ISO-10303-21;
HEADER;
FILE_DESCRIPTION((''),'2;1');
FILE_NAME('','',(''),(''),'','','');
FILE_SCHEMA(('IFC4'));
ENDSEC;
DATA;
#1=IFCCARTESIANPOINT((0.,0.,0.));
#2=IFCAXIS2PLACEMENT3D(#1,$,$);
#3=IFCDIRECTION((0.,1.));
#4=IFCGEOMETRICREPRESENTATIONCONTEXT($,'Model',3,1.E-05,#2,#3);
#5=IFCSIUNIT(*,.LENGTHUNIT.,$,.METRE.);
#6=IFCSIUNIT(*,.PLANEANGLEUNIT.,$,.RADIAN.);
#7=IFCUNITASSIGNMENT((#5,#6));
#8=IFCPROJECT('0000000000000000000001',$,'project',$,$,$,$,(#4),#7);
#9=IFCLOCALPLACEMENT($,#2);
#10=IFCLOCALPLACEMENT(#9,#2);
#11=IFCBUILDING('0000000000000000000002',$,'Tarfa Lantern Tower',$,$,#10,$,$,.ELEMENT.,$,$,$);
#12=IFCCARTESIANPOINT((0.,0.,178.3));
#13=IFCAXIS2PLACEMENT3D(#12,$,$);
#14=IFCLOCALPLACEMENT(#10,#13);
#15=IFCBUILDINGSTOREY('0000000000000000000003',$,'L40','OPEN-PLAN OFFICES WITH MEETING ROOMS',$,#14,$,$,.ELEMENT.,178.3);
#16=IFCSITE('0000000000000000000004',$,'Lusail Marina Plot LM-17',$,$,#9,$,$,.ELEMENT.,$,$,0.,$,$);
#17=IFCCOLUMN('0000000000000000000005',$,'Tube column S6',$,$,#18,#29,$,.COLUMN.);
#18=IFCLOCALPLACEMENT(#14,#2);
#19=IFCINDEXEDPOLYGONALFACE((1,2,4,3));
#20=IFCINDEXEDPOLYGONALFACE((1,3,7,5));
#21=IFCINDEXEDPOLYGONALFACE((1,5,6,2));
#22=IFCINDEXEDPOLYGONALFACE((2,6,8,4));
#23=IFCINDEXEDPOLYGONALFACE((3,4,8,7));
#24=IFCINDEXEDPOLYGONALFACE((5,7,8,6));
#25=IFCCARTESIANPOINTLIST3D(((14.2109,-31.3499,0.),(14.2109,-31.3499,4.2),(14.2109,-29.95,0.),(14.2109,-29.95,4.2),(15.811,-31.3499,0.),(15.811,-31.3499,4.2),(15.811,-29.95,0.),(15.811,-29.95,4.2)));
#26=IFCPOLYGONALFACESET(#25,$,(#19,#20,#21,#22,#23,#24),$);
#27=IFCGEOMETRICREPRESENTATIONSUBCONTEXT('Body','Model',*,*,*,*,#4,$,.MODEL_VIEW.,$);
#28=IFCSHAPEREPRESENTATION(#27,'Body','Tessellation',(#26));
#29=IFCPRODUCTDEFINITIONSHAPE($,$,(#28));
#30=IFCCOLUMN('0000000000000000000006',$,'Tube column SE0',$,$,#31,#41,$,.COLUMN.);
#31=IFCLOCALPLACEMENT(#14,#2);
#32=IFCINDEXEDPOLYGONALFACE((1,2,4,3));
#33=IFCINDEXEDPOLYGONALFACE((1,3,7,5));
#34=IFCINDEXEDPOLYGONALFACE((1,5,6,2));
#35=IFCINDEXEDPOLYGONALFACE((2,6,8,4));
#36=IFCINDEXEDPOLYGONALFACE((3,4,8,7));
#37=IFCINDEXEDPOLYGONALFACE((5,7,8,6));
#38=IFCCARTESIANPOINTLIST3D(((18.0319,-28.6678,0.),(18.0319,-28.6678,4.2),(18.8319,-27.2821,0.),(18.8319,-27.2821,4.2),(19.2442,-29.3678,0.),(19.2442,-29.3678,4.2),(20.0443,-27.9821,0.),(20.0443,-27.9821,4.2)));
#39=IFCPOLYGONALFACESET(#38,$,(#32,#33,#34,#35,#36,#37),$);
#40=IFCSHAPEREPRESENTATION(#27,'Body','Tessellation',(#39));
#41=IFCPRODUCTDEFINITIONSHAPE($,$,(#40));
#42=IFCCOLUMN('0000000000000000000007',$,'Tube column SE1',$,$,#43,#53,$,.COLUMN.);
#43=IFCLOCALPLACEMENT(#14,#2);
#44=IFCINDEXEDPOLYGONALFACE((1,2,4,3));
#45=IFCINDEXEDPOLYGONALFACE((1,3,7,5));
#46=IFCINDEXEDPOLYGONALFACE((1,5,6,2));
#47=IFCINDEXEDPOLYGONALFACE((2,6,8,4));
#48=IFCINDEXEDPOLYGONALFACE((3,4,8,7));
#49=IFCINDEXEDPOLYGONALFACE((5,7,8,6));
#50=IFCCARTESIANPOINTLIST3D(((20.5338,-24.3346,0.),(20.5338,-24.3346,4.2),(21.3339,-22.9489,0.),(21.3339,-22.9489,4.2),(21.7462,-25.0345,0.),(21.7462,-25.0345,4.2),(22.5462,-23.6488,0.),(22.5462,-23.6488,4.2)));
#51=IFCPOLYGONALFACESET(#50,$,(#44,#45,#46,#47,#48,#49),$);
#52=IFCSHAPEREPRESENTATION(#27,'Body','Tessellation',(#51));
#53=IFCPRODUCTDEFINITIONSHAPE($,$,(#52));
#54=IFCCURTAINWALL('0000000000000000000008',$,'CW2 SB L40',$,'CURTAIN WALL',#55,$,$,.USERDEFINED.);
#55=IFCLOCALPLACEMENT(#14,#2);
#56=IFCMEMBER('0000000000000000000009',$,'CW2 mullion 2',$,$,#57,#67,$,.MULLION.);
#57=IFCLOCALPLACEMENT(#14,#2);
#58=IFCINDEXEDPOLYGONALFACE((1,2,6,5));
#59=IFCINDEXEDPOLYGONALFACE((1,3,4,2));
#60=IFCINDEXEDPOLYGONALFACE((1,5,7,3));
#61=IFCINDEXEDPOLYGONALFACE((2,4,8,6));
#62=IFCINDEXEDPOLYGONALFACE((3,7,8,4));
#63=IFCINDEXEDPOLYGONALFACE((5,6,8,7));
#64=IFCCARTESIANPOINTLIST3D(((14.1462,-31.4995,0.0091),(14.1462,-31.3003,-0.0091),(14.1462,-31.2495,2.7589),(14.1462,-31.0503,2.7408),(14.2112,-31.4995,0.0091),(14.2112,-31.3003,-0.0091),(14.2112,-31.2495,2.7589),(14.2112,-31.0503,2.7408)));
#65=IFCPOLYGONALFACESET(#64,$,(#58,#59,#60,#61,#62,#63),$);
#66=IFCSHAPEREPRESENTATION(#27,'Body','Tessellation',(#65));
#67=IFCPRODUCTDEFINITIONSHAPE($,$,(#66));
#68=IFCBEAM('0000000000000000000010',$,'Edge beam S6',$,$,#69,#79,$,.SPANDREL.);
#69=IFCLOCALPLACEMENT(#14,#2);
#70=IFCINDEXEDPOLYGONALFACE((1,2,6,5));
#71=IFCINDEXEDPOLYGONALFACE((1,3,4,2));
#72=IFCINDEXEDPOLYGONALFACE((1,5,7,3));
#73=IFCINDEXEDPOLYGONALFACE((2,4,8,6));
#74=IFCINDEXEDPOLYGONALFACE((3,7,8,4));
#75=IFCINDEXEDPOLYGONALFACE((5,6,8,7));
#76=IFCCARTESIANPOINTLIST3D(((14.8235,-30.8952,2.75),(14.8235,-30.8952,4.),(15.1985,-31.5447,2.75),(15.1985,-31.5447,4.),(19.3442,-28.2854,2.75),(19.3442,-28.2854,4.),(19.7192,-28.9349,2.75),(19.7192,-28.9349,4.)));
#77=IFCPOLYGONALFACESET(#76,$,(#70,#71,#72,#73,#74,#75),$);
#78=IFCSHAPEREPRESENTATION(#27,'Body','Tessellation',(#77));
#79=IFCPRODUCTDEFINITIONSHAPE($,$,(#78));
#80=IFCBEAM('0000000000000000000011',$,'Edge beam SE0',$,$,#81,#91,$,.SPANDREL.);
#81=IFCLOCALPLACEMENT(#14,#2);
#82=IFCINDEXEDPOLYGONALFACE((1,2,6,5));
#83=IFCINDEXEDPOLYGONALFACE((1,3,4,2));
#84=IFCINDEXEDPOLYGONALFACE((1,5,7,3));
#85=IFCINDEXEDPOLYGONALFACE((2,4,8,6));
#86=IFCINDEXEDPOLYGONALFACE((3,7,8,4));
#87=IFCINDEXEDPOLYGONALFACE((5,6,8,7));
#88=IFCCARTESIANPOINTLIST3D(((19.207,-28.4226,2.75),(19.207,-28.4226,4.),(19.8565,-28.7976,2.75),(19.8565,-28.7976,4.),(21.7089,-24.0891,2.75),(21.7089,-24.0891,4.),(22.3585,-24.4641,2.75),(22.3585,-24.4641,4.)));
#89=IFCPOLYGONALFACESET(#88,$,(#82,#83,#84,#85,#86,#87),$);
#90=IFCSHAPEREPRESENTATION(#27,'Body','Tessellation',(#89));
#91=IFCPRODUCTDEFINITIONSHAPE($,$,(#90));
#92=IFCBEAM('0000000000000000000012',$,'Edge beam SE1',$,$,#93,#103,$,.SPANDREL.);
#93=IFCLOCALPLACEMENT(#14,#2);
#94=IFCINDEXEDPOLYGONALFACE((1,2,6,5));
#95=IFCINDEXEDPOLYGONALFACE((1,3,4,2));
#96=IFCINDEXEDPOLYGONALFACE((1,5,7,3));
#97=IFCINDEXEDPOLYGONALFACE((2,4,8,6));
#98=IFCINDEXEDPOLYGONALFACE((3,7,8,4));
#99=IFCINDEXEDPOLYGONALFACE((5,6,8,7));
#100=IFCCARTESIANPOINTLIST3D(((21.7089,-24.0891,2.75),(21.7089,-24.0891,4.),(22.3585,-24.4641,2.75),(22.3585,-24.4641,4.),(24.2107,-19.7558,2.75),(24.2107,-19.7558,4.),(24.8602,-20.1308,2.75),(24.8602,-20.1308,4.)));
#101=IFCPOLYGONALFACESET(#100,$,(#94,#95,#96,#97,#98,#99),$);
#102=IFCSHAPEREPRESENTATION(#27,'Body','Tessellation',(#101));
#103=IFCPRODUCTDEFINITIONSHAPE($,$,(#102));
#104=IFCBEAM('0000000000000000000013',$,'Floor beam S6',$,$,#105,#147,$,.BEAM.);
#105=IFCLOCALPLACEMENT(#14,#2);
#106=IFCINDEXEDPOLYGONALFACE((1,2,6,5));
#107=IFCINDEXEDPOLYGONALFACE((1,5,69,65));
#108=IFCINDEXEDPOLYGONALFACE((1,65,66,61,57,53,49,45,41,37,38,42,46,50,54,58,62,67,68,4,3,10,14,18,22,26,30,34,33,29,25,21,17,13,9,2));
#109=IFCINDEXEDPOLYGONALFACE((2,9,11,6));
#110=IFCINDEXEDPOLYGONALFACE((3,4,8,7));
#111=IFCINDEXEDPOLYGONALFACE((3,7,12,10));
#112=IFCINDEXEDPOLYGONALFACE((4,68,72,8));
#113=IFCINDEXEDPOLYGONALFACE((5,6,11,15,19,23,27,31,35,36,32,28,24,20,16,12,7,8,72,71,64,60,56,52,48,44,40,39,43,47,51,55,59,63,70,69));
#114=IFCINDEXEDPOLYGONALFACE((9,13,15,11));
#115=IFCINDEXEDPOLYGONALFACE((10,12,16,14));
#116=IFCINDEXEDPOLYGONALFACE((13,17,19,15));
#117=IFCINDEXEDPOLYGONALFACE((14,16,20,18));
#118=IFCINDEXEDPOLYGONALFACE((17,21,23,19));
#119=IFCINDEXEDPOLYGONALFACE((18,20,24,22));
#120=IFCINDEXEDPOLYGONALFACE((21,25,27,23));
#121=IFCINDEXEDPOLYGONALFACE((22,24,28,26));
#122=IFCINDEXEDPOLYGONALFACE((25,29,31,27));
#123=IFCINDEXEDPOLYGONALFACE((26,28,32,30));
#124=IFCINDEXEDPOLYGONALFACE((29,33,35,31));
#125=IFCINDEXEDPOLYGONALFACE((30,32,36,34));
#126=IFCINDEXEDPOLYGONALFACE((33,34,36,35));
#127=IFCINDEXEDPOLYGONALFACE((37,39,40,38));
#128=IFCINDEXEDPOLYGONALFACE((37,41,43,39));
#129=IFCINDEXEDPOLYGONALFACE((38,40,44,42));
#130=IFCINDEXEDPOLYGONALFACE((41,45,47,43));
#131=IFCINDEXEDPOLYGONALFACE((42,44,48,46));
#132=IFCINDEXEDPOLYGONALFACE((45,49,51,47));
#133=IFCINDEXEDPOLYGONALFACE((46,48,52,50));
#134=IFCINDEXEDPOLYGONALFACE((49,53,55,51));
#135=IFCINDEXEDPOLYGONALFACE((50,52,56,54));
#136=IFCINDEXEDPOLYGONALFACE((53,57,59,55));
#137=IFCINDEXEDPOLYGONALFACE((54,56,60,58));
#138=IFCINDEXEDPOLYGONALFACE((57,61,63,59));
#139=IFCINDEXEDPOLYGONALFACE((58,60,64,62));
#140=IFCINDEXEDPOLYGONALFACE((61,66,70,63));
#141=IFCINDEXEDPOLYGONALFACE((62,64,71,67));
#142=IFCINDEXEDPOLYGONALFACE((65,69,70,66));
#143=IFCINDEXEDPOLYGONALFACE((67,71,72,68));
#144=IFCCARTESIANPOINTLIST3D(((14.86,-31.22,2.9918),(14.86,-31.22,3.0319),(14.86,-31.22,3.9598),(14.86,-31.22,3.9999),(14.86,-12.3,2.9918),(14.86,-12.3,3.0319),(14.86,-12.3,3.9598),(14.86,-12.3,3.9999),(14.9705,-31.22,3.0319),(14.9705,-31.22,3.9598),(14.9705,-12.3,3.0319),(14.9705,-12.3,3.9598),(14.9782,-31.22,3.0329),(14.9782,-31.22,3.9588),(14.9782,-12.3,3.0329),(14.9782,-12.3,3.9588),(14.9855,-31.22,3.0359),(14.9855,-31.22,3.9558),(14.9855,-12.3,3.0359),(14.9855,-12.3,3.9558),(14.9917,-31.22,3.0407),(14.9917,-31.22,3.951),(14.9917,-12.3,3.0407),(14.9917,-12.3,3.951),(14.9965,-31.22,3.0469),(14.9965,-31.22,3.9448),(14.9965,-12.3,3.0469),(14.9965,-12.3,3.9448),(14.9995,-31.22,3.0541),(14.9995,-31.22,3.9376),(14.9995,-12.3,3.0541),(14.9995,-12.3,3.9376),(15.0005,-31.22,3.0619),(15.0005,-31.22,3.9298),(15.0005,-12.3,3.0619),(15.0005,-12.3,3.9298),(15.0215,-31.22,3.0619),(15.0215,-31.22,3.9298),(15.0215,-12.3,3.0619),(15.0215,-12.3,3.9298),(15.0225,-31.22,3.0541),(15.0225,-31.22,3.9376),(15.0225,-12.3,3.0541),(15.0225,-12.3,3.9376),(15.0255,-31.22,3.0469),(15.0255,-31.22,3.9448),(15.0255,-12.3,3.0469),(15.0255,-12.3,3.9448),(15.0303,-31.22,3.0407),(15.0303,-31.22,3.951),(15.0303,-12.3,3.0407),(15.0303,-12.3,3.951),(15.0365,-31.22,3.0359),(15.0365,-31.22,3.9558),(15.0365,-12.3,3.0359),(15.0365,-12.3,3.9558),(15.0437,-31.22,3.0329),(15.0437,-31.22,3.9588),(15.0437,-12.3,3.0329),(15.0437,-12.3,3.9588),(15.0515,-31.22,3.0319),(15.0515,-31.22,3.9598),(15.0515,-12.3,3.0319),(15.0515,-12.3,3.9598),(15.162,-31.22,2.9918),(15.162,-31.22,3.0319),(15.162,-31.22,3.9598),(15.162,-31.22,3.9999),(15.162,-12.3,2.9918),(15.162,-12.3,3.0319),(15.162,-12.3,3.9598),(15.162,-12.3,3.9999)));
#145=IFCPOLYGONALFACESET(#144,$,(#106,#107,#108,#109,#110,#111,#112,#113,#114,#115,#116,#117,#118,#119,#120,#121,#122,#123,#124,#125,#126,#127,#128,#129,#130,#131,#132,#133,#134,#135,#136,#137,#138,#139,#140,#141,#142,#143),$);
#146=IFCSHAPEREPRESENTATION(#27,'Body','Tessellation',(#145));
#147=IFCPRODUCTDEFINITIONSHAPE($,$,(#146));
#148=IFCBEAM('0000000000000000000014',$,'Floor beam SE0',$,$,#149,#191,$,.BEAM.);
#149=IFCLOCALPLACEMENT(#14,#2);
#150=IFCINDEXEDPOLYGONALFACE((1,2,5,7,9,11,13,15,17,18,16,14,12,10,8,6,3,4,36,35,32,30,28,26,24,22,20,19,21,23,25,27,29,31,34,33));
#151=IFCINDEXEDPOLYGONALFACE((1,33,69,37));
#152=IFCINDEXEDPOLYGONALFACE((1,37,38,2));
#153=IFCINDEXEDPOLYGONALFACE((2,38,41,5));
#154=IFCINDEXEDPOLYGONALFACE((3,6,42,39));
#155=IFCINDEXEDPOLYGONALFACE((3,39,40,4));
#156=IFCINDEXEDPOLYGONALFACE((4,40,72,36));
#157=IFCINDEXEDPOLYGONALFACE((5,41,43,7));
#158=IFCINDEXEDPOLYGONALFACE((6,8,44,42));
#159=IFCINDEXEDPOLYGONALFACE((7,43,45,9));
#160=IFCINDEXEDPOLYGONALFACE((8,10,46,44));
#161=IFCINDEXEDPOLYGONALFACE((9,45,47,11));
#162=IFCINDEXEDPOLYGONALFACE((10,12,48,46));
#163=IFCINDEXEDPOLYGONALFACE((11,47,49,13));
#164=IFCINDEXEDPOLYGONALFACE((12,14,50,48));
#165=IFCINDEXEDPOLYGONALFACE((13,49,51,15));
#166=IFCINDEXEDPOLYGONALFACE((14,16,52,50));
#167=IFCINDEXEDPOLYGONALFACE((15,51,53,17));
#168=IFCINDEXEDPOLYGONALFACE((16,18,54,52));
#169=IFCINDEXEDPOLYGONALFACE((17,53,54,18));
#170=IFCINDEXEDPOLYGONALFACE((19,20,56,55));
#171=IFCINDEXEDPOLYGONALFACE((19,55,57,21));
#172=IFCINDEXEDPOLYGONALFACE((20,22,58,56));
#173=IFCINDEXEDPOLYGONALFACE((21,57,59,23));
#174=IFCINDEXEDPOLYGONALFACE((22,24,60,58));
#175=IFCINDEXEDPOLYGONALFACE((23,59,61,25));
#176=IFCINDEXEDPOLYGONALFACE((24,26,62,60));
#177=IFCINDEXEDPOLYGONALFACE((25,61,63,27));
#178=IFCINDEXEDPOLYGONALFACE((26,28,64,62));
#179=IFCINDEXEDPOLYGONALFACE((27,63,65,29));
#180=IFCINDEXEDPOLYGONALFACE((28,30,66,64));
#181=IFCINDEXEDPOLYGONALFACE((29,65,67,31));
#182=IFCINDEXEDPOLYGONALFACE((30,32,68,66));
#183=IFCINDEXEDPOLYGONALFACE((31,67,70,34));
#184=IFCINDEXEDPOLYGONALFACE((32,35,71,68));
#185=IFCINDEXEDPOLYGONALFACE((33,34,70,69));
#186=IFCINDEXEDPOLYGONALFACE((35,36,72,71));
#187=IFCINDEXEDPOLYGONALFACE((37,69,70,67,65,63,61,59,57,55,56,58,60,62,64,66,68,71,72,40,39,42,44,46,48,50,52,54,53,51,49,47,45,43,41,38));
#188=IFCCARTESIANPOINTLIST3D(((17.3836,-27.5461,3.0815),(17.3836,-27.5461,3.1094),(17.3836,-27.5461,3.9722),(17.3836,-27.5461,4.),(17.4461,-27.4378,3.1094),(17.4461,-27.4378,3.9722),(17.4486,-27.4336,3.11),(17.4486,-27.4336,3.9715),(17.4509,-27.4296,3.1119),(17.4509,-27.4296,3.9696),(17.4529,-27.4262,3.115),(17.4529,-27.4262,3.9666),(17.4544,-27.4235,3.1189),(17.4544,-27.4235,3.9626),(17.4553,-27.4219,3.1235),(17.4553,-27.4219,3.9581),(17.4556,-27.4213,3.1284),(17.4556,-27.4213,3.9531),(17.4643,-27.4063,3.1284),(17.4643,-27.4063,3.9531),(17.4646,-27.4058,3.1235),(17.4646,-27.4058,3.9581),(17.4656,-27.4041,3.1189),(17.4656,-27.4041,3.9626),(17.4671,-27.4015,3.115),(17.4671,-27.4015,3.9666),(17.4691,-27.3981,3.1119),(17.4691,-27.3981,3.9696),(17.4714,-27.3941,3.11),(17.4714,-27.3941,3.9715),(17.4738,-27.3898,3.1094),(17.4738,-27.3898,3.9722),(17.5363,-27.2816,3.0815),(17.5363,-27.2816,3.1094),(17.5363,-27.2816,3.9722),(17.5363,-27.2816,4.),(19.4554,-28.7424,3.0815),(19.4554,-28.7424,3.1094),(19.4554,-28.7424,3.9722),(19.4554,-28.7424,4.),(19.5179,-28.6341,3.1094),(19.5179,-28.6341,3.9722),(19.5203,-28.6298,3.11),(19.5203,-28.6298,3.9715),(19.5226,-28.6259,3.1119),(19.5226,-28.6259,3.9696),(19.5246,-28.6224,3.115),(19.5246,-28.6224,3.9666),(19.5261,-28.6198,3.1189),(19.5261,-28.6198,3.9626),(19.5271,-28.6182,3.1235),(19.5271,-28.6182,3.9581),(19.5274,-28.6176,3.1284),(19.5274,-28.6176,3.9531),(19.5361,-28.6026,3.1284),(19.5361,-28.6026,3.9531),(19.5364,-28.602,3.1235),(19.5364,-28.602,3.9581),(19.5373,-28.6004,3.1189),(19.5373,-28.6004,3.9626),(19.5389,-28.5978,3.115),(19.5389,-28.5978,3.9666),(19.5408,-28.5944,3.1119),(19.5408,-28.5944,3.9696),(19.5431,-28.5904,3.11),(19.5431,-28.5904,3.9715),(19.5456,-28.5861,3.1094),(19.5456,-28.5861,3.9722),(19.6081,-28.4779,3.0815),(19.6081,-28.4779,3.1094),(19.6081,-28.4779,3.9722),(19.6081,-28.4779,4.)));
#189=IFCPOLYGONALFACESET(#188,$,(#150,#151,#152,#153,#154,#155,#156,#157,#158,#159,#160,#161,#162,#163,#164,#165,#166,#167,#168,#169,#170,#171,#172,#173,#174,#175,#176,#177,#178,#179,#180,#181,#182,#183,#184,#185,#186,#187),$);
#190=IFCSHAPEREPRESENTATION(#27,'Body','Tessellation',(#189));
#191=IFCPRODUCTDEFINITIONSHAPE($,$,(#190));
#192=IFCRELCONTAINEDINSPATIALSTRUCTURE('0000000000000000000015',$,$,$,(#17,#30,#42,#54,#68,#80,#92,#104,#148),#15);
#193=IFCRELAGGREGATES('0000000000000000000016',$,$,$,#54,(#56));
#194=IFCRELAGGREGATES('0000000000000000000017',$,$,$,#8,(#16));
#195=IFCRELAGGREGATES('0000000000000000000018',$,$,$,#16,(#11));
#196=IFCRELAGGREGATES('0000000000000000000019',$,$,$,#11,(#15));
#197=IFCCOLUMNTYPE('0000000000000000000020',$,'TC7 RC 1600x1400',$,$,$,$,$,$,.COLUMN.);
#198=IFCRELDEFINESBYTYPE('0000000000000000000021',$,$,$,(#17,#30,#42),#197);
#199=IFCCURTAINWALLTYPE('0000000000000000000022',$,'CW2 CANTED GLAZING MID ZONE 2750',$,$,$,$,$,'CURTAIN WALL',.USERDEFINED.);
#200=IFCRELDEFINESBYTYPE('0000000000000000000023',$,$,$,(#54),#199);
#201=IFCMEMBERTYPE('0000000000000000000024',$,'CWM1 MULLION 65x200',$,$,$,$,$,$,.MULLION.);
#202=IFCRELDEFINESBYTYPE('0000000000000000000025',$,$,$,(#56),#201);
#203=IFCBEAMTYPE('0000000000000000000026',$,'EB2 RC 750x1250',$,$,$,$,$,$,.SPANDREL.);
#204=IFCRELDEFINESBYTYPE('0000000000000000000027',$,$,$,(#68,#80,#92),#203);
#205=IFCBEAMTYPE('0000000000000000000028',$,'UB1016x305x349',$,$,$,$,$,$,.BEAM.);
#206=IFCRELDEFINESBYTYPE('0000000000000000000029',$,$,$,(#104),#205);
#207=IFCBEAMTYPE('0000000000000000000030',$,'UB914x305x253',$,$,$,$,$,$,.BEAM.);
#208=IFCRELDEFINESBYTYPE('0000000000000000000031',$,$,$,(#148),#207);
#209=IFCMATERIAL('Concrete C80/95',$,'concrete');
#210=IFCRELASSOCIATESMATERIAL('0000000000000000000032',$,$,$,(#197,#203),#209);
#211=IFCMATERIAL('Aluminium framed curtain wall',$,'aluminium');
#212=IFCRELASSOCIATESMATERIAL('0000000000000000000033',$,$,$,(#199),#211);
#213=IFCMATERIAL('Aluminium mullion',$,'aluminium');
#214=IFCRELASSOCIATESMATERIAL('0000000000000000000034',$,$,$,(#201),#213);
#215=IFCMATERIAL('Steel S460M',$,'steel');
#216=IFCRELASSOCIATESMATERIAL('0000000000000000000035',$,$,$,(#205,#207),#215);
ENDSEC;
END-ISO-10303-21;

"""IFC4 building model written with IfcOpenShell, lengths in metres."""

from ifc_helpers import new_model, si_unit, direction, frame, origin, origin_2d, place, context, subcontext, project, spatial, rectangle, i_section, extrude, material, material_profile, profile_set, type_object, element, aggregate, save


model = new_model("IFC4")

# Units and contexts
model_context = context("Model", 3, precision=1e-05, world=origin(), true_north=direction((0.0, 1.0)))
body_context = subcontext(model_context, "Body", "Model", "MODEL_VIEW")
ifc_project = project(units=[si_unit("LENGTHUNIT", "METRE"), si_unit("PLANEANGLEUNIT", "RADIAN")], contexts=[model_context])

# Site, building, storey
site_placement = place(None, origin())
site = spatial("IfcSite", under=ifc_project, at=site_placement, Name="Lusail Marina Plot LM-17", CompositionType="ELEMENT", RefElevation=0.0)
building_placement = place(site_placement, origin())
building = spatial("IfcBuilding", under=site, at=building_placement, Name="Tarfa Lantern Tower", CompositionType="ELEMENT")
storey_placement = place(building_placement, frame((0.0, 0.0, 178.3)))
storey = spatial("IfcBuildingStorey", under=building, at=storey_placement, Name="L40", Description="OPEN-PLAN OFFICES WITH MEETING ROOMS", CompositionType="ELEMENT", Elevation=178.3)

# Columns
ifc_material_1 = material(Name="Concrete C80/95", Category="concrete")
ifc_material_profile_1 = material_profile(ifc_material_1, rectangle(XDim=1.6001, YDim=1.3999, at=origin_2d()), Name="RC 1600x1400")
ifc_profile_set_1 = profile_set([ifc_material_profile_1], Name="Concrete C80/95")
column_type = type_object("IfcColumnType", Name="TC7 RC 1600x1400", PredefinedType="COLUMN", material=ifc_profile_set_1)
for number, where, z_axis, x_axis, name in (
    (1, (15.011, -30.6499, 0.0), (0.0, 0.0, 1.0), (1.0, 0.0, 0.0), "Tube column S6"),
    (2, (19.0381, -28.325, 0.0), (0.0, 0.0, 1.0), (0.5, 0.866025, 0.0), "Tube column SE0"),
    (3, (21.54, -23.9917, 0.0), (0.0, 0.0, 1.0), (0.5, 0.866025, 0.0), "Tube column SE1"),
):
    element("IfcColumn", number, at=place(storey_placement, frame(where, z_axis=z_axis, x_axis=x_axis)), inside=storey, type_object=column_type, Name=name, PredefinedType="COLUMN", context=body_context, shape_type="SweptSolid", body=[
        extrude(rectangle(XDim=1.6001, YDim=1.3999, at=origin_2d()), origin(), (0.0, 0.0, 1.0), 4.2),
    ])

# Curtain wall, member
ifc_material_2 = material(Name="Aluminium framed curtain wall", Category="aluminium")
curtain_wall_type = type_object("IfcCurtainWallType", Name="CW2 CANTED GLAZING MID ZONE 2750", ElementType="CURTAIN WALL", PredefinedType="USERDEFINED", material=ifc_material_2)
curtain_wall_placement = place(storey_placement, origin())
curtain_wall = element("IfcCurtainWall", 4, at=curtain_wall_placement, inside=storey, type_object=curtain_wall_type, Name="CW2 SB L40", ObjectType="CURTAIN WALL", PredefinedType="USERDEFINED")
ifc_material_3 = material(Name="Aluminium mullion", Category="aluminium")
ifc_material_profile_2 = material_profile(ifc_material_3, rectangle(XDim=0.0649, YDim=0.2, at=origin_2d()), Name="AL MULLION 65x200")
ifc_profile_set_2 = profile_set([ifc_material_profile_2], Name="Aluminium mullion")
member_type = type_object("IfcMemberType", Name="CWM1 MULLION 65x200", PredefinedType="MULLION", material=ifc_profile_set_2)
member_placement = place(storey_placement, frame((14.1787, -31.3999, 0.0), z_axis=(0.0, 0.090536, 0.995893), x_axis=(-1.0, 0.0, 0.0)))
member = element("IfcMember", 5, at=member_placement, type_object=member_type, Name="CW2 mullion 2", PredefinedType="MULLION", context=body_context, shape_type="SweptSolid", body=[
    extrude(rectangle(XDim=0.0649, YDim=0.2, at=origin_2d()), origin(), (0.0, 0.0, 1.0), 2.7612),
])
aggregate(curtain_wall, [member])

# Beams
ifc_material_profile_3 = material_profile(ifc_material_1, rectangle(XDim=0.75, YDim=1.25, at=origin_2d()), Name="RC 750x1250")
ifc_profile_set_3 = profile_set([ifc_material_profile_3], Name="Concrete C80/95")
beam_type_1 = type_object("IfcBeamType", Name="EB2 RC 750x1250", PredefinedType="SPANDREL", material=ifc_profile_set_3)
beam_1_placement = place(storey_placement, frame((15.011, -31.22, 3.375), z_axis=(0.866042, 0.499972, 0.0), x_axis=(-0.499972, 0.866042, 0.0)))
element("IfcBeam", 6, at=beam_1_placement, inside=storey, type_object=beam_type_1, Name="Edge beam S6", PredefinedType="SPANDREL", context=body_context, shape_type="SweptSolid", body=[
    extrude(rectangle(XDim=0.75, YDim=1.25, at=origin_2d()), origin(), (0.0, 0.0, 1.0), 5.22),
])
beam_2_placement = place(storey_placement, frame((19.5317, -28.6101, 3.375), z_axis=(0.500001, 0.866025, 0.0), x_axis=(-0.866025, 0.500001, 0.0)))
element("IfcBeam", 7, at=beam_2_placement, inside=storey, type_object=beam_type_1, Name="Edge beam SE0", PredefinedType="SPANDREL", context=body_context, shape_type="SweptSolid", body=[
    extrude(rectangle(XDim=0.75, YDim=1.25, at=origin_2d()), origin(), (0.0, 0.0, 1.0), 5.0039),
])
beam_3_placement = place(storey_placement, frame((22.0337, -24.2766, 3.375), z_axis=(0.499986, 0.866034, 0.0), x_axis=(-0.866034, 0.499986, 0.0)))
element("IfcBeam", 8, at=beam_3_placement, inside=storey, type_object=beam_type_1, Name="Edge beam SE1", PredefinedType="SPANDREL", context=body_context, shape_type="SweptSolid", body=[
    extrude(rectangle(XDim=0.75, YDim=1.25, at=origin_2d()), origin(), (0.0, 0.0, 1.0), 5.0037),
])
ifc_material_4 = material(Name="Steel S460M", Category="steel")
ifc_material_profile_4 = material_profile(ifc_material_4, i_section(OverallWidth=0.302, OverallDepth=1.0081, WebThickness=0.021, FlangeThickness=0.04, FilletRadius=0.03, at=origin_2d()), Name="UB1016x305x349")
ifc_profile_set_4 = profile_set([ifc_material_profile_4], Name="Steel S460M")
beam_type_2 = type_object("IfcBeamType", Name="UB1016x305x349", PredefinedType="BEAM", material=ifc_profile_set_4)
beam_4_placement = place(storey_placement, frame((15.011, -31.22, 3.4958), z_axis=(0.0, 1.0, 0.0), x_axis=(-1.0, 0.0, 0.0)))
element("IfcBeam", 9, at=beam_4_placement, inside=storey, type_object=beam_type_2, Name="Floor beam S6", PredefinedType="BEAM", context=body_context, shape_type="SweptSolid", body=[
    extrude(i_section(OverallWidth=0.302, OverallDepth=1.0081, WebThickness=0.021, FlangeThickness=0.04, FilletRadius=0.03, at=origin_2d()), origin(), (0.0, 0.0, 1.0), 18.9199),
])
ifc_material_profile_5 = material_profile(ifc_material_4, i_section(OverallWidth=0.3054, OverallDepth=0.9185, WebThickness=0.0173, FlangeThickness=0.0278, FilletRadius=0.019, at=origin_2d()), Name="UB914x305x253")
ifc_profile_set_5 = profile_set([ifc_material_profile_5], Name="Steel S460M")
beam_type_3 = type_object("IfcBeamType", Name="UB914x305x253", PredefinedType="BEAM", material=ifc_profile_set_5)
beam_5_placement = place(storey_placement, frame((19.5317, -28.6101, 3.5408), z_axis=(-0.865999, 0.500046, 0.0), x_axis=(-0.500046, -0.865999, 0.0)))
element("IfcBeam", 10, at=beam_5_placement, inside=storey, type_object=beam_type_3, Name="Floor beam SE0", PredefinedType="BEAM", context=body_context, shape_type="SweptSolid", body=[
    extrude(i_section(OverallWidth=0.3054, OverallDepth=0.9185, WebThickness=0.0173, FlangeThickness=0.0278, FilletRadius=0.019, at=origin_2d()), origin(), (0.0, 0.0, 1.0), 2.3923),
])

save(model, "model.ifc")
